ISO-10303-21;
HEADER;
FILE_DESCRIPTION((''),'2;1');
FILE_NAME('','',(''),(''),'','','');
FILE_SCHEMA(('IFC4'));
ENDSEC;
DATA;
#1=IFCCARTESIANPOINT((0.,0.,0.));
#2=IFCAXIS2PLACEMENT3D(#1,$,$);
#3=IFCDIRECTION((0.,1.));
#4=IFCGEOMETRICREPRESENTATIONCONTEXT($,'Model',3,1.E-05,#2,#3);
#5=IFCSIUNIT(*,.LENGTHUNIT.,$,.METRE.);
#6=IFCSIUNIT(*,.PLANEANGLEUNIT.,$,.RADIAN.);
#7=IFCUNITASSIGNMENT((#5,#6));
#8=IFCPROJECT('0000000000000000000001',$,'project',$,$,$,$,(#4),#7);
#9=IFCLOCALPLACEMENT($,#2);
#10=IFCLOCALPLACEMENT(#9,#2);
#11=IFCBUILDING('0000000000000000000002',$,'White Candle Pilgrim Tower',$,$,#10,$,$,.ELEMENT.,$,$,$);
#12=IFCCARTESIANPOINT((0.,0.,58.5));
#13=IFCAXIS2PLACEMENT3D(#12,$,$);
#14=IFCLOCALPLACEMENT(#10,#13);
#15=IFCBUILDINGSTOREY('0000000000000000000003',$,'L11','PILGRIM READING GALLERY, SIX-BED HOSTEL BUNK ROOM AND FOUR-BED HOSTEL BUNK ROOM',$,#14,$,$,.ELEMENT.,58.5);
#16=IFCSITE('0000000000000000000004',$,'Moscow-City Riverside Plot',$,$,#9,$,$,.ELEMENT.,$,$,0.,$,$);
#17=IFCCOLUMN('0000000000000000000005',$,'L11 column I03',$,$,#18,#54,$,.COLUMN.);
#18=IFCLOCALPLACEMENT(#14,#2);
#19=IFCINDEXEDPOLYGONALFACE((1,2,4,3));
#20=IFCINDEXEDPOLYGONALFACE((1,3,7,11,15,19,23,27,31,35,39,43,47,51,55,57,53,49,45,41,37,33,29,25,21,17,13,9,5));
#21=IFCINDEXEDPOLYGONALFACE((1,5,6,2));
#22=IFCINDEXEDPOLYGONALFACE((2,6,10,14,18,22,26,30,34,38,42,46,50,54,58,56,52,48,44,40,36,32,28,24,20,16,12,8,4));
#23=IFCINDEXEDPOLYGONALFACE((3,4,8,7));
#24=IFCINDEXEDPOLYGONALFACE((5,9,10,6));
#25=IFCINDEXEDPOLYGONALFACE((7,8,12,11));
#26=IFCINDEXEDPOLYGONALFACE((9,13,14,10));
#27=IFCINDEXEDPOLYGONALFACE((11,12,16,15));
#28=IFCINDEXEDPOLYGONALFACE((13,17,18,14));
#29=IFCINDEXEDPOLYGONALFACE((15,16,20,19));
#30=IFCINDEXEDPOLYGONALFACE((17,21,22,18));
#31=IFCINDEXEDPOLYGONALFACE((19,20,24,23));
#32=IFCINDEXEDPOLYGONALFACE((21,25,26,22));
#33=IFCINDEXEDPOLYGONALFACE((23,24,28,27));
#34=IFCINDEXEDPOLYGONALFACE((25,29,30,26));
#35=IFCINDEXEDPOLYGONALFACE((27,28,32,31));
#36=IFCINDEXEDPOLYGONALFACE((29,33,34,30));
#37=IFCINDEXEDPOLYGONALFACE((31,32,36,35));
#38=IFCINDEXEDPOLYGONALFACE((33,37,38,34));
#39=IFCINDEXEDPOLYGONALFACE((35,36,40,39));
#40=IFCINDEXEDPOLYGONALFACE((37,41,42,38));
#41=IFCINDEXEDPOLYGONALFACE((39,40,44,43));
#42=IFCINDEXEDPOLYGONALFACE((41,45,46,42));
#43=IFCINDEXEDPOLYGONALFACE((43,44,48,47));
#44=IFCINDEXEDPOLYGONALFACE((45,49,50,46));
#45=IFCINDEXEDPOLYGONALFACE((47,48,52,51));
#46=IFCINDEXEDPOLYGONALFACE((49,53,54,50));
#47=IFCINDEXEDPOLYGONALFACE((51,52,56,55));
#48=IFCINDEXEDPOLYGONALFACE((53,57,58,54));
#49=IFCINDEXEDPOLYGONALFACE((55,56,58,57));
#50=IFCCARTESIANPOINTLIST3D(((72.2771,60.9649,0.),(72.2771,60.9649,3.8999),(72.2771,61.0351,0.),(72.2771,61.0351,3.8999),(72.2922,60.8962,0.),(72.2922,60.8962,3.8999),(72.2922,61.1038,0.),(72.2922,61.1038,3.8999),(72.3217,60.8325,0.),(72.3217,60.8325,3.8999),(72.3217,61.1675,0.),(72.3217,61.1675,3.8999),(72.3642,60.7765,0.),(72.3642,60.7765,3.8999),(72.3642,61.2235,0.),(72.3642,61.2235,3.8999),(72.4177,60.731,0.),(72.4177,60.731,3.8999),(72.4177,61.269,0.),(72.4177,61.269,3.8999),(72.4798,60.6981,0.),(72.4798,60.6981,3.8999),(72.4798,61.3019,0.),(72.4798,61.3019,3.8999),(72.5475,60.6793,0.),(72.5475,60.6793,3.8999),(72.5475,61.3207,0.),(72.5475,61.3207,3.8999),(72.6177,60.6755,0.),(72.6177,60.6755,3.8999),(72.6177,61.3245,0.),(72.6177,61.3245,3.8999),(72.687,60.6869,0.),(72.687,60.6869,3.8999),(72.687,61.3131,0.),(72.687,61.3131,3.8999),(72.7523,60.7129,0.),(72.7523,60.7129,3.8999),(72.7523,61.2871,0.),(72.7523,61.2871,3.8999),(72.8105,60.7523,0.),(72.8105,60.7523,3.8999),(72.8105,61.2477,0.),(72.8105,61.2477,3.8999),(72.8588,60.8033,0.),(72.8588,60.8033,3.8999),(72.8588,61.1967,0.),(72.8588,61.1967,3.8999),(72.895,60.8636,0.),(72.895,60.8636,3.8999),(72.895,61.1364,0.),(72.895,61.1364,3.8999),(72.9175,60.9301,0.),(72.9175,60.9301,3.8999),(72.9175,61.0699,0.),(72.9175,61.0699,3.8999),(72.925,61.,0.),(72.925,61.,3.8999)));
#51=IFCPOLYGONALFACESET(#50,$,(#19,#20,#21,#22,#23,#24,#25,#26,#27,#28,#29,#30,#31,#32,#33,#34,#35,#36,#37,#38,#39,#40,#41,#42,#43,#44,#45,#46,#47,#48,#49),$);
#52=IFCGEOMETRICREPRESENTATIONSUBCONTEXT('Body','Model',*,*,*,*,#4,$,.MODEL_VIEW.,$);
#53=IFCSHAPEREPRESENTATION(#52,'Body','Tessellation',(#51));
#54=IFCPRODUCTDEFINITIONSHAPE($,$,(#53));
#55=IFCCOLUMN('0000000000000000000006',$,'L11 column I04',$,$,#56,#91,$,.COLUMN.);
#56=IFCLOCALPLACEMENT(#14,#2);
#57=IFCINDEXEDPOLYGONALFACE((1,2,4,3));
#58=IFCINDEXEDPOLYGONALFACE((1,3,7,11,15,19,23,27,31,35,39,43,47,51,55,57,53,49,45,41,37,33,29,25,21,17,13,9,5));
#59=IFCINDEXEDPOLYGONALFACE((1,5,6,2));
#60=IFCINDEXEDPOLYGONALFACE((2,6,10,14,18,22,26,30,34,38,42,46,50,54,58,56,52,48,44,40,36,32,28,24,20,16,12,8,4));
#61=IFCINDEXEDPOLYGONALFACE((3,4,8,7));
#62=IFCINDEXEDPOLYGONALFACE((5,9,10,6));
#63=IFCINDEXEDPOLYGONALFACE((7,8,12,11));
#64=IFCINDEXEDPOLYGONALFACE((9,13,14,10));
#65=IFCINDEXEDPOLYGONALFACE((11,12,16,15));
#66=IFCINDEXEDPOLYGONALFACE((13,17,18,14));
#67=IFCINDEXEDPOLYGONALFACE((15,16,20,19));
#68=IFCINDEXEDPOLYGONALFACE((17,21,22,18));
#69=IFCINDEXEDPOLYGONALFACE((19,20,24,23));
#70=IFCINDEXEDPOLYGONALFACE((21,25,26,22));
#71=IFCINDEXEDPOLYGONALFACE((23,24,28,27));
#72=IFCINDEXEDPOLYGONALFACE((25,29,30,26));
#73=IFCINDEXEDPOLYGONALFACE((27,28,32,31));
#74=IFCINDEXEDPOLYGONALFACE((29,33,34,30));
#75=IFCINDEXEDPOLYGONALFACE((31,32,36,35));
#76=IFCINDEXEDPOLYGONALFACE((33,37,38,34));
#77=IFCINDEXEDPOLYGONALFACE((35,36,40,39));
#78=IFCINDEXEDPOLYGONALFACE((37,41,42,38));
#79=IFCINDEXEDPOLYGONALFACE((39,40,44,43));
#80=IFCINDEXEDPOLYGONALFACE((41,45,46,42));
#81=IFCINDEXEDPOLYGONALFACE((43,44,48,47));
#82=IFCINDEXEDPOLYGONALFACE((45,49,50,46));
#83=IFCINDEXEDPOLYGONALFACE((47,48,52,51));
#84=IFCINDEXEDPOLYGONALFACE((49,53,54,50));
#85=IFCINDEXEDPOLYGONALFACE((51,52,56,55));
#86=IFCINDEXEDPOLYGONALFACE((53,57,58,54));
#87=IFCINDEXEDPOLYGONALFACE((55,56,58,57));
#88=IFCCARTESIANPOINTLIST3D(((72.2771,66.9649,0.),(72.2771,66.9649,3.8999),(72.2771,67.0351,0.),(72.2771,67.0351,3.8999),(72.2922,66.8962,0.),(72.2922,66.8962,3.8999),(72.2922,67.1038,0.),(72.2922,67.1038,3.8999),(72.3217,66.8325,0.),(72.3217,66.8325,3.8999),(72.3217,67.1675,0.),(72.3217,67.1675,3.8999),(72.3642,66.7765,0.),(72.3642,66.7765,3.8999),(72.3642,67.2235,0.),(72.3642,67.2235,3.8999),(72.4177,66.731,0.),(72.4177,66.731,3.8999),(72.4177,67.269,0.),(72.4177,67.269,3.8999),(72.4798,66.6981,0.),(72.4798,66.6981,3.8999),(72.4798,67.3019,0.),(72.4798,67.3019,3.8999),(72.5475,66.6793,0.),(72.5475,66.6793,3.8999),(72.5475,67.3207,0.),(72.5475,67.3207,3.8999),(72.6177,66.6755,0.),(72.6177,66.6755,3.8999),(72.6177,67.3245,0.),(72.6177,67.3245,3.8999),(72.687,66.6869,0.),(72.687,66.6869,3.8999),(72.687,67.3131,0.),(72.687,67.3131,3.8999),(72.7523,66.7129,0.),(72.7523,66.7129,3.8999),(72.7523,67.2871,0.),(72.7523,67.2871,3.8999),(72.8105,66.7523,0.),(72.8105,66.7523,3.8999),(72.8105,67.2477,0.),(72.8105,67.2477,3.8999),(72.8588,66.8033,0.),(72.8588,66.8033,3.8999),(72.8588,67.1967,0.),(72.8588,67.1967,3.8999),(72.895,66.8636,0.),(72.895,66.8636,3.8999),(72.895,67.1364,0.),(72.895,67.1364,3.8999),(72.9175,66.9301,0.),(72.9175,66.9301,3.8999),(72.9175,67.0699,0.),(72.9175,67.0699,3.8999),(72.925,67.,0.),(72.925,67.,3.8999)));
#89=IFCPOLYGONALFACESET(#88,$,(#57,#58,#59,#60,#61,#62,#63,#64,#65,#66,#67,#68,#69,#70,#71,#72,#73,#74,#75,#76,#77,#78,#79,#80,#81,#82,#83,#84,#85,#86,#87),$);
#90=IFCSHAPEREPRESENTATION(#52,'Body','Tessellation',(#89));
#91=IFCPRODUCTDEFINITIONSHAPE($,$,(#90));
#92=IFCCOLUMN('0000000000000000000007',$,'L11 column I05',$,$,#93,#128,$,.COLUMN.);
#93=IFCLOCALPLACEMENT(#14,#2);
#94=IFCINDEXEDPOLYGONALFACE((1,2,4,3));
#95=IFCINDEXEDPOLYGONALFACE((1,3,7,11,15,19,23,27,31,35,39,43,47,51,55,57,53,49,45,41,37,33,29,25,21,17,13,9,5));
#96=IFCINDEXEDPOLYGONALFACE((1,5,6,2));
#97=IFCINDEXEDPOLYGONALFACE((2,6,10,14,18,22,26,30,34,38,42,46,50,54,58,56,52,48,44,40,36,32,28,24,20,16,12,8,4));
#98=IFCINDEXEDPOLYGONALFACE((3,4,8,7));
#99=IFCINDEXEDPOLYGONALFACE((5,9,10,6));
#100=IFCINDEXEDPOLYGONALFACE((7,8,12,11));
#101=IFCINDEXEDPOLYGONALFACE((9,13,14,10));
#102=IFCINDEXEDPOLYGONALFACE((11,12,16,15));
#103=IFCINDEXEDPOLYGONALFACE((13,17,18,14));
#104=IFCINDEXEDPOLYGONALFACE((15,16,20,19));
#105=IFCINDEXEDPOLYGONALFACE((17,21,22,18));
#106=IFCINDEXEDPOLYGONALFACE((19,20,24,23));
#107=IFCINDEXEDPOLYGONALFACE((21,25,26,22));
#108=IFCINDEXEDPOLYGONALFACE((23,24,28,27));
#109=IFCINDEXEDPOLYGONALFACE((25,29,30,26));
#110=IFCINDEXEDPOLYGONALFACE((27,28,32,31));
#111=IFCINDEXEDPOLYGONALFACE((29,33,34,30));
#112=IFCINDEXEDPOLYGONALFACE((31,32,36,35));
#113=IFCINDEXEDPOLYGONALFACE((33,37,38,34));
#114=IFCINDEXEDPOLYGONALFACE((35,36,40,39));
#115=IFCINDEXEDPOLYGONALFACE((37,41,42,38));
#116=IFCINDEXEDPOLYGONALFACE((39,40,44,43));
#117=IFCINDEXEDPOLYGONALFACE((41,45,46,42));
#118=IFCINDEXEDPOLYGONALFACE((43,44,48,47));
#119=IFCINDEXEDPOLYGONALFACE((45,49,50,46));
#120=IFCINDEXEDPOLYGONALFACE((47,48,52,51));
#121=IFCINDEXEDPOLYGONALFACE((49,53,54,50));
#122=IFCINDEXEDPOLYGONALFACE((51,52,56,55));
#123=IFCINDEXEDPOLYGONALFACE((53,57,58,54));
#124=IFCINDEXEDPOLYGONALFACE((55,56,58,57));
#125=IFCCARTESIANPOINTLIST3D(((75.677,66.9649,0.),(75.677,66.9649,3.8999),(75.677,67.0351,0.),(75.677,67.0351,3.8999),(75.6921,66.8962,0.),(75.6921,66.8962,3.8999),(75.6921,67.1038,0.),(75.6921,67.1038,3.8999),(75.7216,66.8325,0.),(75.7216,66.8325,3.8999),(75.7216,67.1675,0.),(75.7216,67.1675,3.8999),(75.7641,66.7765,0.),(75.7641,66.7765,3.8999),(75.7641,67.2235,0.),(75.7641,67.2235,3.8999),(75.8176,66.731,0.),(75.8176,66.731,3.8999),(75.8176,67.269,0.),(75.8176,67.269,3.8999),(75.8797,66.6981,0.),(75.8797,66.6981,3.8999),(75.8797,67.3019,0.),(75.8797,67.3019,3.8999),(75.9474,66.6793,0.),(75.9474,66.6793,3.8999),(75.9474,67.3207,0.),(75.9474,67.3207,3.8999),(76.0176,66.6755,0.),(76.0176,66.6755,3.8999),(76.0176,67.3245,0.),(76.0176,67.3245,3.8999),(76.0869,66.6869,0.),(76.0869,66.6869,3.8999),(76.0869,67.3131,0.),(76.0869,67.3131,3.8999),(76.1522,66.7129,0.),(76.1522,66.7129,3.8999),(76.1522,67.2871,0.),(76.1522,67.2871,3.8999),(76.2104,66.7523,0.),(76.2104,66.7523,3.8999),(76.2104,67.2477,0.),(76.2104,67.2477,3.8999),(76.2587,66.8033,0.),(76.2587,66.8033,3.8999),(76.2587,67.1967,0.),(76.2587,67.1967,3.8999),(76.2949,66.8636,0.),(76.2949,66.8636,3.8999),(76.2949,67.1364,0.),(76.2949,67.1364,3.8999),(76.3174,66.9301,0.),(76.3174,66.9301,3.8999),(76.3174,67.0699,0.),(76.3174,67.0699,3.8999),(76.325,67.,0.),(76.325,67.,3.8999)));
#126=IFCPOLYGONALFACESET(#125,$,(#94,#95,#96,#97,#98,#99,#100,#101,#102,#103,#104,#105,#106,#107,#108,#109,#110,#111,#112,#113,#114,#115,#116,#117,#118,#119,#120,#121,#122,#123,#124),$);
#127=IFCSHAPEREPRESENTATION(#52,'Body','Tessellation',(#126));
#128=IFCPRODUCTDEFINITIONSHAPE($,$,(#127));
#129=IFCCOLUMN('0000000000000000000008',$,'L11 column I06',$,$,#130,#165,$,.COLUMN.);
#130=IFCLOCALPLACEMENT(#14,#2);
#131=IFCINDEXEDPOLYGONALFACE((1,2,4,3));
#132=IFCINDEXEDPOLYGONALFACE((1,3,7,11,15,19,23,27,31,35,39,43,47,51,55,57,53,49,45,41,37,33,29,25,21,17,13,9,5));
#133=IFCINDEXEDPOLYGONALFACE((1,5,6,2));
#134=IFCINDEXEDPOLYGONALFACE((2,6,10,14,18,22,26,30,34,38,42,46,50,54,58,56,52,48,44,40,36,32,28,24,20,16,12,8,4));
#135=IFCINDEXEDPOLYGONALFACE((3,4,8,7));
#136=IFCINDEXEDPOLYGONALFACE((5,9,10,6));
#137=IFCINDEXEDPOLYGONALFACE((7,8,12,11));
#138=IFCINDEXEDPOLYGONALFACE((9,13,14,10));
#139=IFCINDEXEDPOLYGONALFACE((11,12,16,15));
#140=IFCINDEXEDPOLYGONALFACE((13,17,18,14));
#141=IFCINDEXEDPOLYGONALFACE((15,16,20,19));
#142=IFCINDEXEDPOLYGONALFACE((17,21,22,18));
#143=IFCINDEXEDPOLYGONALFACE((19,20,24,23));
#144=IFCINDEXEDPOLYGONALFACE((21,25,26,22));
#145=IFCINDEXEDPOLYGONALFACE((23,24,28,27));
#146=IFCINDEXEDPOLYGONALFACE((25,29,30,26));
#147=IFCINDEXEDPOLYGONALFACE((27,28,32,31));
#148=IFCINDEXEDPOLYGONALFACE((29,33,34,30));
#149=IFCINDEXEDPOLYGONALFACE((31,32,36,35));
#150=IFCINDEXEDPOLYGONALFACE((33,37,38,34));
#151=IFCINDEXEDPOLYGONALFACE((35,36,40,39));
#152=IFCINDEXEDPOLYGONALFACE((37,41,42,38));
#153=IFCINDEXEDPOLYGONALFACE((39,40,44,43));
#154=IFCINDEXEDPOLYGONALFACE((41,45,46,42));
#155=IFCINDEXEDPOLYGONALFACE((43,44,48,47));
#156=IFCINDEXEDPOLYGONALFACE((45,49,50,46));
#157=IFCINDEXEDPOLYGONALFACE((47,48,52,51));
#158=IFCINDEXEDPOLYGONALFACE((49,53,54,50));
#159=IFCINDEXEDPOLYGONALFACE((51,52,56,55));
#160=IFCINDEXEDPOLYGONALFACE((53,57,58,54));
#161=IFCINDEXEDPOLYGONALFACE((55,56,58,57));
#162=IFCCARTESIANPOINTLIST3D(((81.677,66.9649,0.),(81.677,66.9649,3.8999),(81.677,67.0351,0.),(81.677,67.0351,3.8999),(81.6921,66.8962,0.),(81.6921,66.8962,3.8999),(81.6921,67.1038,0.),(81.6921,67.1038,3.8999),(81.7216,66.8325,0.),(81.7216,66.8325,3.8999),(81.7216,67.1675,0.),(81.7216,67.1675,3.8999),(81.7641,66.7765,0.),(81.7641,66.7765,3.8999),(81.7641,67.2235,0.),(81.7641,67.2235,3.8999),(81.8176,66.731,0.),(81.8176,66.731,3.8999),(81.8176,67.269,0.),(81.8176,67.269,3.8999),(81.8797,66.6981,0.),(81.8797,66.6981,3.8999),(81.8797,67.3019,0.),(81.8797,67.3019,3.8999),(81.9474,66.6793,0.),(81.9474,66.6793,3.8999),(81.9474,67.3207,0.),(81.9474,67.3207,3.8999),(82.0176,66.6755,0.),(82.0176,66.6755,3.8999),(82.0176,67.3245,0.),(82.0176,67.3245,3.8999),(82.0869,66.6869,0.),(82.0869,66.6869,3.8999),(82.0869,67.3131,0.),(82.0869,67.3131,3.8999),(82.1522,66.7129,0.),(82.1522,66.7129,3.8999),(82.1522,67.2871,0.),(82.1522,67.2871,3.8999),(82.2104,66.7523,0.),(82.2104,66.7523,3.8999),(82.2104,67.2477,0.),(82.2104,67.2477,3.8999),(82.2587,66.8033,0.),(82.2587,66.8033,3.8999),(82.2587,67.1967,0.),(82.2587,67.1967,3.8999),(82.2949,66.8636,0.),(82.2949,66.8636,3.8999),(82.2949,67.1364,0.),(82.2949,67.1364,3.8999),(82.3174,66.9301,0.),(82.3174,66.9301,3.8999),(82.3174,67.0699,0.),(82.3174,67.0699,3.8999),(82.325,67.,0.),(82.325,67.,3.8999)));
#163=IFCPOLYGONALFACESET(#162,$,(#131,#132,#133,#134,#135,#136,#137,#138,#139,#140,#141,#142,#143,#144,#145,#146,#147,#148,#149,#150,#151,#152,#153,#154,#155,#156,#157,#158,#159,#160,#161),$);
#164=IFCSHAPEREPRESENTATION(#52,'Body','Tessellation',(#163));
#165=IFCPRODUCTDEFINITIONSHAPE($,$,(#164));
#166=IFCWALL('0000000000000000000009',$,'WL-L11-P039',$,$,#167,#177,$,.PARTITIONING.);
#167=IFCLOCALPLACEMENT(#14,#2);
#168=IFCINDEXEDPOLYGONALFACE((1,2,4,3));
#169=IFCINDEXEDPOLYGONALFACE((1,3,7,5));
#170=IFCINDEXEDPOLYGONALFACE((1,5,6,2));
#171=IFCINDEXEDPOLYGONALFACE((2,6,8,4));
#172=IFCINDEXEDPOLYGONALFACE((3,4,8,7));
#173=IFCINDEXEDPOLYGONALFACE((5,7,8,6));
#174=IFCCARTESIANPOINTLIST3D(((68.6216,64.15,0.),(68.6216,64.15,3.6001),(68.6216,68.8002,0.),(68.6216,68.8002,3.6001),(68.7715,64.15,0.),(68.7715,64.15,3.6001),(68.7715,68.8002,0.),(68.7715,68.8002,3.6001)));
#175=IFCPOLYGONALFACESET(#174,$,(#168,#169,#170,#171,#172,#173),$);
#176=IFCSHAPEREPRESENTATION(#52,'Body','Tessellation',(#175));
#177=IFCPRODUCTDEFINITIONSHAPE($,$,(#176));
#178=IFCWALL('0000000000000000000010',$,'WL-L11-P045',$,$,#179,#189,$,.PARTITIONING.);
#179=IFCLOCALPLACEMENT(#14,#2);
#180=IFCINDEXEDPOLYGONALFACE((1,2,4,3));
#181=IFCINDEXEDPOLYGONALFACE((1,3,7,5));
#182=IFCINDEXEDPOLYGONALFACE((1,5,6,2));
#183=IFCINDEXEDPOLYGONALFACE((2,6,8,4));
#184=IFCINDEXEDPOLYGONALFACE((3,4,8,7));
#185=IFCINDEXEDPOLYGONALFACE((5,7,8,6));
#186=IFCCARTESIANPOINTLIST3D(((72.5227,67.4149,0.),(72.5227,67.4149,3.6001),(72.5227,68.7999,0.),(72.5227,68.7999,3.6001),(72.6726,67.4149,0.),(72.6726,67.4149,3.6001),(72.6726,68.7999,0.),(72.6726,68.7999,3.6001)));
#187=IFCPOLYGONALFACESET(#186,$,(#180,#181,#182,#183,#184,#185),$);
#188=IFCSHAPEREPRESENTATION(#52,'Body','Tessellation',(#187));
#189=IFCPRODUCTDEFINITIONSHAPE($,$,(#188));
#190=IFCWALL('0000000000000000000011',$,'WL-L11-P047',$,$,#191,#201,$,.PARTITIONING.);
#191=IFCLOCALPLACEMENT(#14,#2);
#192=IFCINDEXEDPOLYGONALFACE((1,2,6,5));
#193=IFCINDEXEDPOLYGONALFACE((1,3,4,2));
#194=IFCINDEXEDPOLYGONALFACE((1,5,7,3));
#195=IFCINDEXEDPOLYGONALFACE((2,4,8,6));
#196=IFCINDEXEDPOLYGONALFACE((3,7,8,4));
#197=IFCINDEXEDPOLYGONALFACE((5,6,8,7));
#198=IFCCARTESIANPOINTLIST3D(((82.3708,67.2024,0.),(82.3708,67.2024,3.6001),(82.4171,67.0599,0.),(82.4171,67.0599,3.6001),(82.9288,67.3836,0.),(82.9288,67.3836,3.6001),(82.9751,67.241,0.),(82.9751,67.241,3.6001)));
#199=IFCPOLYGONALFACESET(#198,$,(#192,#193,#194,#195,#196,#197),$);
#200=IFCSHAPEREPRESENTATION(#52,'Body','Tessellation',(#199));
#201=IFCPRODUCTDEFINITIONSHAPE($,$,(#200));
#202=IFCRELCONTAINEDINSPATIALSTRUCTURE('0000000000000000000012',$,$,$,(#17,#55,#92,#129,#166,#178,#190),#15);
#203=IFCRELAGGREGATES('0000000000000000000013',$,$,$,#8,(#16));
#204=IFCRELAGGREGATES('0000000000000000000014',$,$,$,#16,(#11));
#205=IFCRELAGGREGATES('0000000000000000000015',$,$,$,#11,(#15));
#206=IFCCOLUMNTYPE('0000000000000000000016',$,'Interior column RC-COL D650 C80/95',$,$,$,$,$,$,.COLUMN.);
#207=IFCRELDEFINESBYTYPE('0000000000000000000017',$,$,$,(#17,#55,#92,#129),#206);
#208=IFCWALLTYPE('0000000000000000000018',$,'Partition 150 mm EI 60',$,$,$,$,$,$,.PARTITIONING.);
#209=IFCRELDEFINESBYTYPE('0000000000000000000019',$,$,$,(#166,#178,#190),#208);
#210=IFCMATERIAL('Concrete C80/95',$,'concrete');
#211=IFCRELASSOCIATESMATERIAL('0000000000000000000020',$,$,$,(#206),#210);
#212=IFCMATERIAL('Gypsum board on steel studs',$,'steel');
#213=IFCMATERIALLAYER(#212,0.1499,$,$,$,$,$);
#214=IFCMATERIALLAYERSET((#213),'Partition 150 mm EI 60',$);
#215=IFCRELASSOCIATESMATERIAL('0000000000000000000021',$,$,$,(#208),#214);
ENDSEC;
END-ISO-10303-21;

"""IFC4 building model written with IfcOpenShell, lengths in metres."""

from ifc_helpers import new_model, si_unit, direction, frame, frame_2d, origin, origin_2d, place, context, subcontext, project, spatial, rectangle, circle, extrude, material, layer, layer_set, material_profile, profile_set, type_object, element, save


model = new_model("IFC4")

# Units and contexts
model_context = context("Model", 3, precision=1e-05, world=origin(), true_north=direction((0.0, 1.0)))
body_context = subcontext(model_context, "Body", "Model", "MODEL_VIEW")
ifc_project = project(units=[si_unit("LENGTHUNIT", "METRE"), si_unit("PLANEANGLEUNIT", "RADIAN")], contexts=[model_context])

# Site, building, storey
site_placement = place(None, origin())
site = spatial("IfcSite", under=ifc_project, at=site_placement, Name="Moscow-City Riverside Plot", CompositionType="ELEMENT", RefElevation=0.0)
building_placement = place(site_placement, origin())
building = spatial("IfcBuilding", under=site, at=building_placement, Name="White Candle Pilgrim Tower", CompositionType="ELEMENT")
storey_placement = place(building_placement, frame((0.0, 0.0, 58.5)))
storey = spatial("IfcBuildingStorey", under=building, at=storey_placement, Name="L11", Description="PILGRIM READING GALLERY, SIX-BED HOSTEL BUNK ROOM AND FOUR-BED HOSTEL BUNK ROOM", CompositionType="ELEMENT", Elevation=58.5)

# Columns
ifc_material_1 = material(Name="Concrete C80/95", Category="concrete")
ifc_material_profile = material_profile(ifc_material_1, circle(Radius=0.325, at=origin_2d()), Name="RC-COL D650")
ifc_profile_set = profile_set([ifc_material_profile], Name="Concrete C80/95")
column_type = type_object("IfcColumnType", Name="Interior column RC-COL D650 C80/95", PredefinedType="COLUMN", material=ifc_profile_set)
for number, where, z_axis, x_axis, name in (
    (1, (72.6001, 61.0, 0.0), (0.0, 0.0, 1.0), (1.0, 0.0, 0.0), "L11 column I03"),
    (2, (72.6001, 67.0, 0.0), (0.0, 0.0, 1.0), (1.0, 0.0, 0.0), "L11 column I04"),
    (3, (76.0, 67.0, 0.0), (0.0, 0.0, 1.0), (1.0, 0.0, 0.0), "L11 column I05"),
    (4, (82.0, 67.0, 0.0), (0.0, 0.0, 1.0), (1.0, 0.0, 0.0), "L11 column I06"),
):
    element("IfcColumn", number, at=place(storey_placement, frame(where, z_axis=z_axis, x_axis=x_axis)), inside=storey, type_object=column_type, Name=name, PredefinedType="COLUMN", context=body_context, shape_type="SweptSolid", body=[
        extrude(circle(Radius=0.325, at=origin_2d()), origin(), (0.0, 0.0, 1.0), 3.8999),
    ])

# Walls
ifc_material_2 = material(Name="Gypsum board on steel studs", Category="steel")
ifc_layer_1 = layer(ifc_material_2, 0.1499)
ifc_layer_set_1 = layer_set([ifc_layer_1], Name="Partition 150 mm EI 60")
wall_type_1 = type_object("IfcWallType", Name="Partition 150 mm EI 60", PredefinedType="PARTITIONING", material=ifc_layer_set_1)
wall_1_placement = place(storey_placement, frame((68.6965, 64.1499, 0.0), z_axis=(0.0, 0.0, 1.0), x_axis=(0.0, 1.0, 0.0)))
element("IfcWall", 5, at=wall_1_placement, inside=storey, type_object=wall_type_1, Name="WL-L11-P039", PredefinedType="PARTITIONING", context=body_context, shape_type="SweptSolid", body=[
    extrude(rectangle(XDim=4.6501, YDim=0.1499, at=frame_2d((2.3252, 0.0))), origin(), (0.0, 0.0, 1.0), 3.6001),
])
wall_2_placement = place(storey_placement, frame((72.5977, 67.415, 0.0), z_axis=(0.0, 0.0, 1.0), x_axis=(0.0, 1.0, 0.0)))
element("IfcWall", 6, at=wall_2_placement, inside=storey, type_object=wall_type_1, Name="WL-L11-P045", PredefinedType="PARTITIONING", context=body_context, shape_type="SweptSolid", body=[
    extrude(rectangle(XDim=1.385, YDim=0.1499, at=frame_2d((0.6924, 0.0))), origin(), (0.0, 0.0, 1.0), 3.6001),
])
wall_3_placement = place(storey_placement, frame((82.3938, 67.1311, 0.0), z_axis=(0.0, 0.0, 1.0), x_axis=(0.95115, 0.308729, 0.0)))
element("IfcWall", 7, at=wall_3_placement, inside=storey, type_object=wall_type_1, Name="WL-L11-P047", PredefinedType="PARTITIONING", context=body_context, shape_type="SweptSolid", body=[
    extrude(rectangle(XDim=0.5867, YDim=0.1499, at=frame_2d((0.2935, 0.0))), origin(), (0.0, 0.0, 1.0), 3.6001),
])

save(model, "model.ifc")
